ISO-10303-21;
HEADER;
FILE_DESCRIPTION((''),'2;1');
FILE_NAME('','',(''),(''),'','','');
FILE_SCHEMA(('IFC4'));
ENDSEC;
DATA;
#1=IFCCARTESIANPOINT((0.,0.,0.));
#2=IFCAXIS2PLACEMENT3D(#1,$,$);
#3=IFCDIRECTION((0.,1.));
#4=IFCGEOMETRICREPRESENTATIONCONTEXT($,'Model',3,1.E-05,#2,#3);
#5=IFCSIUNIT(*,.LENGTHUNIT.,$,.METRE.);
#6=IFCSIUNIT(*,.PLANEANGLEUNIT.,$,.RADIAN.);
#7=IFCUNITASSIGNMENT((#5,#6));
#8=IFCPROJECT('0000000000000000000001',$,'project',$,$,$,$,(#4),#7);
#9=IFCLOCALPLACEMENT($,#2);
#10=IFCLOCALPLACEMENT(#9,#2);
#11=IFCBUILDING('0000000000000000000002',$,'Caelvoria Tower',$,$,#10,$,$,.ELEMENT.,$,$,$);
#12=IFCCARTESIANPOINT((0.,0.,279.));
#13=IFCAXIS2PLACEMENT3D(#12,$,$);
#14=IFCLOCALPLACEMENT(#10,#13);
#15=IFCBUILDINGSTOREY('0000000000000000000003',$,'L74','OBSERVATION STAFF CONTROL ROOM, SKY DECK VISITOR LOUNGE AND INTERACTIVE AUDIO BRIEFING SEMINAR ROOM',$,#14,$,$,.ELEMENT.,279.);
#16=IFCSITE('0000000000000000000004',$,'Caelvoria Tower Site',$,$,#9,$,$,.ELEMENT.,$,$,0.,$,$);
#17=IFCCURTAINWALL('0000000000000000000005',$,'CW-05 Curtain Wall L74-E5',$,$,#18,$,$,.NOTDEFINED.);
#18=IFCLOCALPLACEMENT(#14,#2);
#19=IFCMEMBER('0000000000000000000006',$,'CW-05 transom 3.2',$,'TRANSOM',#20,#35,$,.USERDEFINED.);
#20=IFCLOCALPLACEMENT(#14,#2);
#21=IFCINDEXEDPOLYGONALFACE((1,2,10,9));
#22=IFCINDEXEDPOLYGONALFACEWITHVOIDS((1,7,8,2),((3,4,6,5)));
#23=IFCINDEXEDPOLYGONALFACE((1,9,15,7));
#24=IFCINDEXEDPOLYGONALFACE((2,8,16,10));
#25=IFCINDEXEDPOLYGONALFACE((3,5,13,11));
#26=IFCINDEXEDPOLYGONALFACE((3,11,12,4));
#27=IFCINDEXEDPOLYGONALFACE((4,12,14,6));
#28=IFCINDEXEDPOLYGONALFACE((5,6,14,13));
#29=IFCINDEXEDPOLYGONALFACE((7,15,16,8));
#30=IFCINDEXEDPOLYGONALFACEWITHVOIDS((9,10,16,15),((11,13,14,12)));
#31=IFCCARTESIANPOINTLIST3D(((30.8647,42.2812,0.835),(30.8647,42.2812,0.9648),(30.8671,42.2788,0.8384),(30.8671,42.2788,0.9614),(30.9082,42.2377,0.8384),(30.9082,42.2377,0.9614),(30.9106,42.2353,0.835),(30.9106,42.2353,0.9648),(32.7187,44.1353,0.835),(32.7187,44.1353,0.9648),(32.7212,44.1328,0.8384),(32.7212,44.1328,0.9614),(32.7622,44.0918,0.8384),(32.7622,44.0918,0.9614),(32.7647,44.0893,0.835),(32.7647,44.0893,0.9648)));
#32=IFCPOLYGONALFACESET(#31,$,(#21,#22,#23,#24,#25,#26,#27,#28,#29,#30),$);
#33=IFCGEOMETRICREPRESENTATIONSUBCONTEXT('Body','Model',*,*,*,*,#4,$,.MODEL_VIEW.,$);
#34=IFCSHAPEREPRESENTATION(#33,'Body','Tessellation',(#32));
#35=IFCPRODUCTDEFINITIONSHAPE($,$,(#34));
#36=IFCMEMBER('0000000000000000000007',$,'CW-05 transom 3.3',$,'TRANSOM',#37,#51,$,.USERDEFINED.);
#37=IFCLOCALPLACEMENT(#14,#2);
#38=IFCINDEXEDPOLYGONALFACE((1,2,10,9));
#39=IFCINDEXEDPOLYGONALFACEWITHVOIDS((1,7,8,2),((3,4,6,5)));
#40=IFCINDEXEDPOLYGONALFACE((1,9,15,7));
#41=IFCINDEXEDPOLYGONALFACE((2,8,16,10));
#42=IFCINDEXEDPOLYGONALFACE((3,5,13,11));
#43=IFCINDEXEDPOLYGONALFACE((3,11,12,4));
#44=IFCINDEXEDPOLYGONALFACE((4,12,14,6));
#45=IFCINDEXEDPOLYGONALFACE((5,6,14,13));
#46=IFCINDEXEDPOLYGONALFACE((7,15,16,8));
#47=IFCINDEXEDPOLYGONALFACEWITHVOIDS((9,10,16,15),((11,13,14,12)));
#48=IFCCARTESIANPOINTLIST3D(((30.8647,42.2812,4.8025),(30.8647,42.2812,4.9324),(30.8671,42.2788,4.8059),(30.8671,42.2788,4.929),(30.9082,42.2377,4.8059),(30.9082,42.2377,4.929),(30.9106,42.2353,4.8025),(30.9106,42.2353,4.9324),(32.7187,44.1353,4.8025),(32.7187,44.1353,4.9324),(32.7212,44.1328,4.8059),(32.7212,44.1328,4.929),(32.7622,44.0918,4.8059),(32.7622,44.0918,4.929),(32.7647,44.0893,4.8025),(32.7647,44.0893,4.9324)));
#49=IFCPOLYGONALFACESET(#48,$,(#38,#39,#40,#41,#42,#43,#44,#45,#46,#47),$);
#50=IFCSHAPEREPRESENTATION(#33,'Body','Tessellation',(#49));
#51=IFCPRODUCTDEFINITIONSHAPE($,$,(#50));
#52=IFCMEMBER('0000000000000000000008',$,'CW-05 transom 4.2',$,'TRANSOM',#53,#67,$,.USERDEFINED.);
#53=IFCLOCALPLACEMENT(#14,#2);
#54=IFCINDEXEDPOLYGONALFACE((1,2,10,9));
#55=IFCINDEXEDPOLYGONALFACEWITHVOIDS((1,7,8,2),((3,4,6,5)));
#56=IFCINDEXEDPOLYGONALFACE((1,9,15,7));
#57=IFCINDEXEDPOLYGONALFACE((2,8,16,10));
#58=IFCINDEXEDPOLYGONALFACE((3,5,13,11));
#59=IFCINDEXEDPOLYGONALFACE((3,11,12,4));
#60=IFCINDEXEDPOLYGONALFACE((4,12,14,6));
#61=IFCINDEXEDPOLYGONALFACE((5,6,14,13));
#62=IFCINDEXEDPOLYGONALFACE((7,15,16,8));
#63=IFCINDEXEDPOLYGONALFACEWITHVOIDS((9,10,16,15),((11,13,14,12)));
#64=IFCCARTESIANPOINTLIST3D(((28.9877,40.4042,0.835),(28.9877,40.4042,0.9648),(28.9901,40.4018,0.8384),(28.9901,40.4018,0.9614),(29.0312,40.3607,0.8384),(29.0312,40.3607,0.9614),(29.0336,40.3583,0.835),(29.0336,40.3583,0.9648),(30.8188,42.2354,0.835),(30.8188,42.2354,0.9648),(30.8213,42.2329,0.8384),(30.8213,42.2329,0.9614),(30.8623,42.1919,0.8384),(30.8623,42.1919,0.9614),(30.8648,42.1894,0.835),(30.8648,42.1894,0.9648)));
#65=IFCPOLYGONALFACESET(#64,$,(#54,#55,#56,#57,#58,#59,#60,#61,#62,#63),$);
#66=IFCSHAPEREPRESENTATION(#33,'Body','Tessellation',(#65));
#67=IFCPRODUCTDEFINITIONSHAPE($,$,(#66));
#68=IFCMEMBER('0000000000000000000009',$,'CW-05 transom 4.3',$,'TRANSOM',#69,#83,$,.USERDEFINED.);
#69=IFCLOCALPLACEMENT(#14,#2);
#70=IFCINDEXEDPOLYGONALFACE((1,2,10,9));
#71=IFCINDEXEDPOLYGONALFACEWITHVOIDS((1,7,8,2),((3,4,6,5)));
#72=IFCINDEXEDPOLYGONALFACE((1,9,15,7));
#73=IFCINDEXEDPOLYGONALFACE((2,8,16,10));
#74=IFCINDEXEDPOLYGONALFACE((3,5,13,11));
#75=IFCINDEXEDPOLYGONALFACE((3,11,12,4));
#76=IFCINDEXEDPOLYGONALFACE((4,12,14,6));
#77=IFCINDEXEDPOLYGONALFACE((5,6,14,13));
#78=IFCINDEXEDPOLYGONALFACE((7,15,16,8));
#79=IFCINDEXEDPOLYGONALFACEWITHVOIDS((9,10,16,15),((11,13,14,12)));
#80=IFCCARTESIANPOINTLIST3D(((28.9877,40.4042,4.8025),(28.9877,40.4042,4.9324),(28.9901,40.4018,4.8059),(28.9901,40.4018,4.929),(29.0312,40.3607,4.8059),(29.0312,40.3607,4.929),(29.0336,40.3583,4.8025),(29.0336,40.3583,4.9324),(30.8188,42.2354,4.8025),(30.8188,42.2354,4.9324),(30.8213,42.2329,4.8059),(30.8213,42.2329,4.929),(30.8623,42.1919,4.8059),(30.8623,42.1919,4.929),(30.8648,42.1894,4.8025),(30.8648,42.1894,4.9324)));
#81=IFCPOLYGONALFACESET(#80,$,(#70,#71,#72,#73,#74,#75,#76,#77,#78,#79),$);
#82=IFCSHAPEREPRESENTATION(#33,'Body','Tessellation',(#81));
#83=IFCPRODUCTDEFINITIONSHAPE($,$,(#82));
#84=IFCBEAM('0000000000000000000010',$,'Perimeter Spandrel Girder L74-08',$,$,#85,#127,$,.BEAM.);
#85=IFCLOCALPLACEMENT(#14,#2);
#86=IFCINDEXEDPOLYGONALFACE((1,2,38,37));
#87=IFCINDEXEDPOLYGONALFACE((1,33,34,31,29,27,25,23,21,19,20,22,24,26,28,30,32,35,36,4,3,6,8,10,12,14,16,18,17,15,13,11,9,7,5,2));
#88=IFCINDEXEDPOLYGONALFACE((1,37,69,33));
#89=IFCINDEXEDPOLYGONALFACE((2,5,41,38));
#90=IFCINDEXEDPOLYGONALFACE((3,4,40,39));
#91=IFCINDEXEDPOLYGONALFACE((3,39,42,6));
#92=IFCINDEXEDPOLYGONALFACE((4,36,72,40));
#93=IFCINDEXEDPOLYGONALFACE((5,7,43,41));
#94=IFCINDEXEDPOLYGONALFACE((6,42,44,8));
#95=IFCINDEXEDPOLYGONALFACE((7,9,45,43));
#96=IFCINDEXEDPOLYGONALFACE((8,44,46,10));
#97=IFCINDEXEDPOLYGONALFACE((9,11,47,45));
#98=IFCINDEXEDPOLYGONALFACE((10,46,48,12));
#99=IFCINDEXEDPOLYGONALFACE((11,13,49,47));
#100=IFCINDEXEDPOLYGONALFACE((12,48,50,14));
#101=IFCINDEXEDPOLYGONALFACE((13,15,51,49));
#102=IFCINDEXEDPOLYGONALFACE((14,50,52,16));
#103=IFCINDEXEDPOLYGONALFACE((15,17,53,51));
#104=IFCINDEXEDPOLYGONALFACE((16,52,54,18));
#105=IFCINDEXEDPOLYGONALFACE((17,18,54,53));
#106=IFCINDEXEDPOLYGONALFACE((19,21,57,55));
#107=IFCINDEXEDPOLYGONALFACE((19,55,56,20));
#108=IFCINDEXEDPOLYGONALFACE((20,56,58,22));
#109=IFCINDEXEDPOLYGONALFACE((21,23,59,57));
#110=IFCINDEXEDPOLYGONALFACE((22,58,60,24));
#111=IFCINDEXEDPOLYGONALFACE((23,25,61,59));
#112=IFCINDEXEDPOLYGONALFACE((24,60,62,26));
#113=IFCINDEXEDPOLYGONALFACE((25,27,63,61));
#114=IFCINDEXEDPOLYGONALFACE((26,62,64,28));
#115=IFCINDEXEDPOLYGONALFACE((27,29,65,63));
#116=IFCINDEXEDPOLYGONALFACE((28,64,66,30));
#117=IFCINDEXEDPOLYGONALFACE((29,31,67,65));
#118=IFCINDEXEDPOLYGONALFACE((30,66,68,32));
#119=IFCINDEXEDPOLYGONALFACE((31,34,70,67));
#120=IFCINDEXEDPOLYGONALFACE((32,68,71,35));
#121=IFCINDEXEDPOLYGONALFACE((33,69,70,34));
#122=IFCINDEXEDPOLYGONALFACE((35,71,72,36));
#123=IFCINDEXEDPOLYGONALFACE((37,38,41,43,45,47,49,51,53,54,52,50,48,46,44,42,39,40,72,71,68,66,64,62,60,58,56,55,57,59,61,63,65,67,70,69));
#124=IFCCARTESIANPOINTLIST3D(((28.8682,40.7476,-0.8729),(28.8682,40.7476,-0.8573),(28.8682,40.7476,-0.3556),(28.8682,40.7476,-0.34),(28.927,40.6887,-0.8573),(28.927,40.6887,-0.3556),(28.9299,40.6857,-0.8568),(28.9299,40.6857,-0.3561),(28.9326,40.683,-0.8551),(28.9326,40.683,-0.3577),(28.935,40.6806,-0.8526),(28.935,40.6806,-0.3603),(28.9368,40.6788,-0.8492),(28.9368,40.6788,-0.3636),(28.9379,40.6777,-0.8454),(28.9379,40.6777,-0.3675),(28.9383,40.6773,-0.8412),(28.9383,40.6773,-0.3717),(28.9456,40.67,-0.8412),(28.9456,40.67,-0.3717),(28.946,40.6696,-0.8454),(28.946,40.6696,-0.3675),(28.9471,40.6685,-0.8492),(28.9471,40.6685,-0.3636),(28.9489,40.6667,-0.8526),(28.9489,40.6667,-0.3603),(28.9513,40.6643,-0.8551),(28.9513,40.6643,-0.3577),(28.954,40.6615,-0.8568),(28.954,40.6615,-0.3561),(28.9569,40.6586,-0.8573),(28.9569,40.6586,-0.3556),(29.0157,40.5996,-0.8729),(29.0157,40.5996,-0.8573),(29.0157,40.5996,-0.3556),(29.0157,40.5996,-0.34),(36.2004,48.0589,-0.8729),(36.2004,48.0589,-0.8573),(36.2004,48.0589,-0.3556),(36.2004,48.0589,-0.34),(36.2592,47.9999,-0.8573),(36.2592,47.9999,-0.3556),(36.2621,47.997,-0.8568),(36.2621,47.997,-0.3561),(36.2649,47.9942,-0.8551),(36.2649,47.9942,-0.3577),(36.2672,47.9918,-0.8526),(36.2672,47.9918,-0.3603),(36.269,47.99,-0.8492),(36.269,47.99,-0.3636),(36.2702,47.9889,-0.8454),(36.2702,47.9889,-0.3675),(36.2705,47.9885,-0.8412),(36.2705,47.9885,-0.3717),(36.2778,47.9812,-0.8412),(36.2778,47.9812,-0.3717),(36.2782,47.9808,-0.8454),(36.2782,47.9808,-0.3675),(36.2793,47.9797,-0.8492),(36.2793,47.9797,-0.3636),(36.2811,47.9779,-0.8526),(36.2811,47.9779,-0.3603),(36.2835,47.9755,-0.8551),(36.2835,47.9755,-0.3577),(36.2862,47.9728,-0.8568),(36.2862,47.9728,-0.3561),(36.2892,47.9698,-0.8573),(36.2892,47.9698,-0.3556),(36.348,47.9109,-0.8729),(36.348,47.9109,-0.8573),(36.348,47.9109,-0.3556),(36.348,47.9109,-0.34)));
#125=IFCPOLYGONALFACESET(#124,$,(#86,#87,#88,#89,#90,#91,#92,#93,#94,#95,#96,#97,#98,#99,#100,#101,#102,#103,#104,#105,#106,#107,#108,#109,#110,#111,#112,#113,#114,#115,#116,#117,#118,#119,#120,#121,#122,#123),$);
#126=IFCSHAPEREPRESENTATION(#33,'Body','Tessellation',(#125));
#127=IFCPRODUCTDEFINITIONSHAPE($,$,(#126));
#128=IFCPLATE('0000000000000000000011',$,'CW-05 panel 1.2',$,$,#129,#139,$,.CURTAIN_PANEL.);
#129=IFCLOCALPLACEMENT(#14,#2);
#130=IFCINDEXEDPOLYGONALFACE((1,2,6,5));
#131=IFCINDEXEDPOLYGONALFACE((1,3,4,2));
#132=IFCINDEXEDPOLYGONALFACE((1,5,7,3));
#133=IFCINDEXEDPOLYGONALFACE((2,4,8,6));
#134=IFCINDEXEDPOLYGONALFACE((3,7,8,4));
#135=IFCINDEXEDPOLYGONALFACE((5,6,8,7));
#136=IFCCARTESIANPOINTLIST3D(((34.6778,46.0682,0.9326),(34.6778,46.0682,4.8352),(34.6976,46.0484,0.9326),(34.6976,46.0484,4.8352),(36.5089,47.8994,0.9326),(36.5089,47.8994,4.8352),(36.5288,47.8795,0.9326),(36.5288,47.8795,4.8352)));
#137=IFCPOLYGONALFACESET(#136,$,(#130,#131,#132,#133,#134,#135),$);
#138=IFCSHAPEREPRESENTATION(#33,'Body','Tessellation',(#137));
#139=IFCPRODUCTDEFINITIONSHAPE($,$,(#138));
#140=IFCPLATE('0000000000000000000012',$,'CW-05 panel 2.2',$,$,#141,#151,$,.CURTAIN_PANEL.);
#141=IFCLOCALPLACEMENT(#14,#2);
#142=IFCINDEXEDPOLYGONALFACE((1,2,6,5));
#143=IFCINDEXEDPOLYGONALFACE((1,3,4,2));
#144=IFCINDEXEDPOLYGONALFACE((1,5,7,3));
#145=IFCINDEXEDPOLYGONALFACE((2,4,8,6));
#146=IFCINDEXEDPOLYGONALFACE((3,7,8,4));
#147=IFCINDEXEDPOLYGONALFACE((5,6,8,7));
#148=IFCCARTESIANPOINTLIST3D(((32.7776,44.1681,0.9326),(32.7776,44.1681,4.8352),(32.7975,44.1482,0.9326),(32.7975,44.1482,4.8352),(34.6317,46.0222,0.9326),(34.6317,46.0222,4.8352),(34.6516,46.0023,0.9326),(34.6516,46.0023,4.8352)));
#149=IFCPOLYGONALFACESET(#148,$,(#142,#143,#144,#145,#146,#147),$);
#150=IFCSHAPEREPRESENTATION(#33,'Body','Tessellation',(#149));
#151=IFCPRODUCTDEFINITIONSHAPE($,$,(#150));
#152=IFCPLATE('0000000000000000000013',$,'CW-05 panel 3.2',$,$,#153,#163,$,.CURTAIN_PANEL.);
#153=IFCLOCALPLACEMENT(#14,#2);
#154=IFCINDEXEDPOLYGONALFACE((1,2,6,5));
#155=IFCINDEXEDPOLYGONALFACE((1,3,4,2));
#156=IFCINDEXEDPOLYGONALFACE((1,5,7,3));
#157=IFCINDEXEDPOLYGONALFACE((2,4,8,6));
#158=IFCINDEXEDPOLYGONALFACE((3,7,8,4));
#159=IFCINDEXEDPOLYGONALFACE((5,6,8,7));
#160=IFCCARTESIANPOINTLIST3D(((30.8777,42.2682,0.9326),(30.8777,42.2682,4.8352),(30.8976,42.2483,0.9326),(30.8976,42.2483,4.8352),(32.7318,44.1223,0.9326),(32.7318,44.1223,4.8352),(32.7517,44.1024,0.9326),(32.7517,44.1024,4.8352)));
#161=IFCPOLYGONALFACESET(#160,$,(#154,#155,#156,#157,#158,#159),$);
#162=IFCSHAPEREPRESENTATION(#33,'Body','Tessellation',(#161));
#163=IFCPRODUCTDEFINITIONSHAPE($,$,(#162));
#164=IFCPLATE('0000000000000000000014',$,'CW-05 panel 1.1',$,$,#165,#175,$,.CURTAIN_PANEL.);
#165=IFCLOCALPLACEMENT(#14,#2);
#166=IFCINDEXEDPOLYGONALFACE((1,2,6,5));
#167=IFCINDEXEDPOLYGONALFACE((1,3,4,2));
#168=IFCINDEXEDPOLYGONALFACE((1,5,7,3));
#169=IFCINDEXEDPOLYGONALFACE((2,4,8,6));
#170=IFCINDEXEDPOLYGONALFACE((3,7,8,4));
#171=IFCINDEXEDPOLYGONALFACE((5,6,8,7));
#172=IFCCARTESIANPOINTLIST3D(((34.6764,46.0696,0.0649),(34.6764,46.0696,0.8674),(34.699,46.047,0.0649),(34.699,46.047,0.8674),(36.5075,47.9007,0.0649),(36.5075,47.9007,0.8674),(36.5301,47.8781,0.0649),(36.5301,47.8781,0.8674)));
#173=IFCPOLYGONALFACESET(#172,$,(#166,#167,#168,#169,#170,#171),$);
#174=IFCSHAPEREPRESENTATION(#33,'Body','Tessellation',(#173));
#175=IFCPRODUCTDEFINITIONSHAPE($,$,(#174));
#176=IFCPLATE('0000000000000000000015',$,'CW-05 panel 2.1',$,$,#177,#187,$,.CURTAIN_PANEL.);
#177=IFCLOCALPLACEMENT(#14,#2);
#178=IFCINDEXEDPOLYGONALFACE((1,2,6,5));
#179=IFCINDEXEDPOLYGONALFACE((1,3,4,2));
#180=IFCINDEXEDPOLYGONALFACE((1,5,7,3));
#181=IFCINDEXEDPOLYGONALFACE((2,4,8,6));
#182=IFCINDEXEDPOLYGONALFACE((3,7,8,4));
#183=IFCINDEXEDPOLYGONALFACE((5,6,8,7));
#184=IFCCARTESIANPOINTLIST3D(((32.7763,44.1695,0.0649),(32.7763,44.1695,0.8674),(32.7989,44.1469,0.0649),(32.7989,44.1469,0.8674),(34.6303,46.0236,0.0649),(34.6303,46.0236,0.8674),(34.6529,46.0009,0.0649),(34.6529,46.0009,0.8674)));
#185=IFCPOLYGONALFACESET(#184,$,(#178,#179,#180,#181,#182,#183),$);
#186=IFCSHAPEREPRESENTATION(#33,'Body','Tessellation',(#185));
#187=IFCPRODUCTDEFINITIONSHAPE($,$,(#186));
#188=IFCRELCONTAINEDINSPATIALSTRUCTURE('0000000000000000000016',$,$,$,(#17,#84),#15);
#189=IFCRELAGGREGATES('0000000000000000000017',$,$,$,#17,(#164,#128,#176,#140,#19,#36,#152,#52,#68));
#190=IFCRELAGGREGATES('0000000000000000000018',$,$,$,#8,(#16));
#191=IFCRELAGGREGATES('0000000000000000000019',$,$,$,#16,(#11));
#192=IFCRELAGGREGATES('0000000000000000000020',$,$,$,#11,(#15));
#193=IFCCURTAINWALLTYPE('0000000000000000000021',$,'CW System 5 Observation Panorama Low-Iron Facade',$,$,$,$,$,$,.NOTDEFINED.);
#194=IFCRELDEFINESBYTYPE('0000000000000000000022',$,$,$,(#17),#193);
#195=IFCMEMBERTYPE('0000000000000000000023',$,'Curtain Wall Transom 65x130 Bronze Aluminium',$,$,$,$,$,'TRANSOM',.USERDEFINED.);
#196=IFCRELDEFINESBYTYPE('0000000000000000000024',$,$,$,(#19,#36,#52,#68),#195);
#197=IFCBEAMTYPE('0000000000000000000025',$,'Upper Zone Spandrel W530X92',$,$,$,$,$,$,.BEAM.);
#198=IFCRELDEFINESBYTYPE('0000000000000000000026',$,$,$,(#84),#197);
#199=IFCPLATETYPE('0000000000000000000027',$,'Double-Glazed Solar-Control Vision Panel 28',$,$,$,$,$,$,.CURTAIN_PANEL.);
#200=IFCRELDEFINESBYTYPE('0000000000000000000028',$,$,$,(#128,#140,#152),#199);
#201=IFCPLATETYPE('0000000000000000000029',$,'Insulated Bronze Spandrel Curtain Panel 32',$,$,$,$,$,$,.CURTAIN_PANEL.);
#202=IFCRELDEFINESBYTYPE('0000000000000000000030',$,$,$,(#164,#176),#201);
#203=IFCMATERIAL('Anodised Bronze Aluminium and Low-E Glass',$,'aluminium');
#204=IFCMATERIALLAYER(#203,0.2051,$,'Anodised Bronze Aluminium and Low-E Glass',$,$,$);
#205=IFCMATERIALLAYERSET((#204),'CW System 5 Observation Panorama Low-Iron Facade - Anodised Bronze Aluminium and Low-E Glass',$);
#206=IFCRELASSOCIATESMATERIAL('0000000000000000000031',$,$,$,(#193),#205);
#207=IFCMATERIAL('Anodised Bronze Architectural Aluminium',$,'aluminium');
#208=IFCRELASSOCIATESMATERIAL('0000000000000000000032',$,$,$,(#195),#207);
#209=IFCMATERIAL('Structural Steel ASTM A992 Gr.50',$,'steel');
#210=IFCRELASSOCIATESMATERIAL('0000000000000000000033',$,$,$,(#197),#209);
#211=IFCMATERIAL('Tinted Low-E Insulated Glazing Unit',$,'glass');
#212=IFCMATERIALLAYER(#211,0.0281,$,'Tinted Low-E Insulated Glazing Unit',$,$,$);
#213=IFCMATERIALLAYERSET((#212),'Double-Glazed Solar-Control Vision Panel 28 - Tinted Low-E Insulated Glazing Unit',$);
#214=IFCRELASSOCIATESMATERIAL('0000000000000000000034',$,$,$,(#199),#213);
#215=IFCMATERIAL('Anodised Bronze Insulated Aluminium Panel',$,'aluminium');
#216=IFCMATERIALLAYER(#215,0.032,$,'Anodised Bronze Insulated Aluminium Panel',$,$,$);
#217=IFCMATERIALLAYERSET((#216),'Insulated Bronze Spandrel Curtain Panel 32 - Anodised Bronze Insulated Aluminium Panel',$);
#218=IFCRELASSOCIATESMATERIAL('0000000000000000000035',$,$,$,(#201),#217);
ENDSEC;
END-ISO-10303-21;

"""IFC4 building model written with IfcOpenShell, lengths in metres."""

from ifc_helpers import new_model, si_unit, direction, frame, origin, origin_2d, place, context, subcontext, project, spatial, rectangle, hollow_rectangle, i_section, extrude, material, layer, layer_set, material_profile, profile_set, type_object, element, aggregate, save


model = new_model("IFC4")

# Units and contexts
model_context = context("Model", 3, precision=1e-05, world=origin(), true_north=direction((0.0, 1.0)))
body_context = subcontext(model_context, "Body", "Model", "MODEL_VIEW")
ifc_project = project(units=[si_unit("LENGTHUNIT", "METRE"), si_unit("PLANEANGLEUNIT", "RADIAN")], contexts=[model_context])

# Site, building, storey
site_placement = place(None, origin())
site = spatial("IfcSite", under=ifc_project, at=site_placement, Name="Caelvoria Tower Site", CompositionType="ELEMENT", RefElevation=0.0)
building_placement = place(site_placement, origin())
building = spatial("IfcBuilding", under=site, at=building_placement, Name="Caelvoria Tower", CompositionType="ELEMENT")
storey_placement = place(building_placement, frame((0.0, 0.0, 279.0)))
storey = spatial("IfcBuildingStorey", under=building, at=storey_placement, Name="L74", Description="OBSERVATION STAFF CONTROL ROOM, SKY DECK VISITOR LOUNGE AND INTERACTIVE AUDIO BRIEFING SEMINAR ROOM", CompositionType="ELEMENT", Elevation=279.0)

# Shared definitions
ifc_material_1 = material(Name="Anodised Bronze Aluminium and Low-E Glass", Category="aluminium")
ifc_layer_1 = layer(ifc_material_1, 0.2051, Name="Anodised Bronze Aluminium and Low-E Glass")
ifc_layer_set_1 = layer_set([ifc_layer_1], Name="CW System 5 Observation Panorama Low-Iron Facade - Anodised Bronze Aluminium and Low-E Glass")
curtain_wall_type = type_object("IfcCurtainWallType", Name="CW System 5 Observation Panorama Low-Iron Facade", PredefinedType="NOTDEFINED", material=ifc_layer_set_1)
ifc_material_2 = material(Name="Anodised Bronze Architectural Aluminium", Category="aluminium")

# Curtain wall, members
curtain_wall_1_placement = place(storey_placement, origin())
curtain_wall_1 = element("IfcCurtainWall", 1, at=curtain_wall_1_placement, inside=storey, type_object=curtain_wall_type, Name="CW-05 Curtain Wall L74-E5", PredefinedType="NOTDEFINED")
ifc_material_profile_1 = material_profile(ifc_material_2, hollow_rectangle(XDim=0.0649, YDim=0.1299, WallThickness=0.0034, at=origin_2d()), Name="Anodised Bronze Architectural Aluminium")
ifc_profile_set_1 = profile_set([ifc_material_profile_1], Name="CW_TRAN_65X130 - Anodised Bronze Architectural Aluminium")
member_type_1 = type_object("IfcMemberType", Name="Curtain Wall Transom 65x130 Bronze Aluminium", ElementType="TRANSOM", PredefinedType="USERDEFINED", material=ifc_profile_set_1)
member_1_placement = place(storey_placement, frame((32.7417, 44.1123, 0.8999), z_axis=(-0.707107, -0.707107, 0.0), x_axis=(0.707107, -0.707107, 0.0)))
member_1 = element("IfcMember", 2, at=member_1_placement, type_object=member_type_1, Name="CW-05 transom 3.2", ObjectType="TRANSOM", PredefinedType="USERDEFINED", context=body_context, shape_type="SweptSolid", body=[
    extrude(hollow_rectangle(XDim=0.0649, YDim=0.1299, WallThickness=0.0034, at=origin_2d()), origin(), (0.0, 0.0, 1.0), 2.6221),
])
member_2_placement = place(storey_placement, frame((32.7417, 44.1123, 4.8674), z_axis=(-0.707107, -0.707107, 0.0), x_axis=(0.707107, -0.707107, 0.0)))
member_2 = element("IfcMember", 3, at=member_2_placement, type_object=member_type_1, Name="CW-05 transom 3.3", ObjectType="TRANSOM", PredefinedType="USERDEFINED", context=body_context, shape_type="SweptSolid", body=[
    extrude(hollow_rectangle(XDim=0.0649, YDim=0.1299, WallThickness=0.0034, at=origin_2d()), origin(), (0.0, 0.0, 1.0), 2.6221),
])
member_3_placement = place(storey_placement, frame((30.8418, 42.2124, 0.8999), z_axis=(-0.707107, -0.707107, 0.0), x_axis=(0.707107, -0.707107, 0.0)))
member_3 = element("IfcMember", 4, at=member_3_placement, type_object=member_type_1, Name="CW-05 transom 4.2", ObjectType="TRANSOM", PredefinedType="USERDEFINED", context=body_context, shape_type="SweptSolid", body=[
    extrude(hollow_rectangle(XDim=0.0649, YDim=0.1299, WallThickness=0.0034, at=origin_2d()), origin(), (0.0, 0.0, 1.0), 2.5896),
])
member_4_placement = place(storey_placement, frame((30.8418, 42.2124, 4.8674), z_axis=(-0.707107, -0.707107, 0.0), x_axis=(0.707107, -0.707107, 0.0)))
member_4 = element("IfcMember", 5, at=member_4_placement, type_object=member_type_1, Name="CW-05 transom 4.3", ObjectType="TRANSOM", PredefinedType="USERDEFINED", context=body_context, shape_type="SweptSolid", body=[
    extrude(hollow_rectangle(XDim=0.0649, YDim=0.1299, WallThickness=0.0034, at=origin_2d()), origin(), (0.0, 0.0, 1.0), 2.5896),
])

# Beam
ifc_material_3 = material(Name="Structural Steel ASTM A992 Gr.50", Category="steel")
ifc_material_profile_2 = material_profile(ifc_material_3, i_section(OverallWidth=0.209, OverallDepth=0.533, WebThickness=0.0103, FlangeThickness=0.0156, FilletRadius=0.0161, at=origin_2d()), Name="Structural Steel ASTM A992 Gr.50")
ifc_profile_set_2 = profile_set([ifc_material_profile_2], Name="W530X92 - Structural Steel ASTM A992 Gr.50")
beam_type = type_object("IfcBeamType", Name="Upper Zone Spandrel W530X92", PredefinedType="BEAM", material=ifc_profile_set_2)
beam_placement = place(storey_placement, frame((36.2742, 47.9849, -0.6064), z_axis=(-0.70812, -0.706092, 0.0), x_axis=(0.706092, -0.70812, 0.0)))
element("IfcBeam", 6, at=beam_placement, inside=storey, type_object=beam_type, Name="Perimeter Spandrel Girder L74-08", PredefinedType="BEAM", context=body_context, shape_type="SweptSolid", body=[
    extrude(i_section(OverallWidth=0.209, OverallDepth=0.533, WebThickness=0.0103, FlangeThickness=0.0156, FilletRadius=0.0161, at=origin_2d()), origin(), (0.0, 0.0, 1.0), 10.3545),
])

# Plates
ifc_material_4 = material(Name="Tinted Low-E Insulated Glazing Unit", Category="glass")
ifc_layer_2 = layer(ifc_material_4, 0.0281, Name="Tinted Low-E Insulated Glazing Unit")
ifc_layer_set_2 = layer_set([ifc_layer_2], Name="Double-Glazed Solar-Control Vision Panel 28 - Tinted Low-E Insulated Glazing Unit")
plate_type_1 = type_object("IfcPlateType", Name="Double-Glazed Solar-Control Vision Panel 28", PredefinedType="CURTAIN_PANEL", material=ifc_layer_set_2)
plate_1_placement = place(storey_placement, frame((35.6033, 46.9739, 0.9326), z_axis=(0.0, 0.0, 1.0), x_axis=(-0.707107, -0.707107, 0.0)))
plate_1 = element("IfcPlate", 7, at=plate_1_placement, type_object=plate_type_1, Name="CW-05 panel 1.2", PredefinedType="CURTAIN_PANEL", context=body_context, shape_type="SweptSolid", body=[
    extrude(rectangle(XDim=2.5896, YDim=0.0281, at=origin_2d()), origin(), (0.0, 0.0, 1.0), 3.9026),
])
plate_2_placement = place(storey_placement, frame((33.7146, 45.0852, 0.9326), z_axis=(0.0, 0.0, 1.0), x_axis=(-0.707107, -0.707107, 0.0)))
plate_2 = element("IfcPlate", 8, at=plate_2_placement, type_object=plate_type_1, Name="CW-05 panel 2.2", PredefinedType="CURTAIN_PANEL", context=body_context, shape_type="SweptSolid", body=[
    extrude(rectangle(XDim=2.6221, YDim=0.0281, at=origin_2d()), origin(), (0.0, 0.0, 1.0), 3.9026),
])
plate_3_placement = place(storey_placement, frame((31.8147, 43.1853, 0.9326), z_axis=(0.0, 0.0, 1.0), x_axis=(-0.707107, -0.707107, 0.0)))
plate_3 = element("IfcPlate", 9, at=plate_3_placement, type_object=plate_type_1, Name="CW-05 panel 3.2", PredefinedType="CURTAIN_PANEL", context=body_context, shape_type="SweptSolid", body=[
    extrude(rectangle(XDim=2.6221, YDim=0.0281, at=origin_2d()), origin(), (0.0, 0.0, 1.0), 3.9026),
])
ifc_material_5 = material(Name="Anodised Bronze Insulated Aluminium Panel", Category="aluminium")
ifc_layer_3 = layer(ifc_material_5, 0.032, Name="Anodised Bronze Insulated Aluminium Panel")
ifc_layer_set_3 = layer_set([ifc_layer_3], Name="Insulated Bronze Spandrel Curtain Panel 32 - Anodised Bronze Insulated Aluminium Panel")
plate_type_2 = type_object("IfcPlateType", Name="Insulated Bronze Spandrel Curtain Panel 32", PredefinedType="CURTAIN_PANEL", material=ifc_layer_set_3)
plate_4_placement = place(storey_placement, frame((35.6033, 46.9739, 0.0649), z_axis=(0.0, 0.0, 1.0), x_axis=(-0.707107, -0.707107, 0.0)))
plate_4 = element("IfcPlate", 10, at=plate_4_placement, type_object=plate_type_2, Name="CW-05 panel 1.1", PredefinedType="CURTAIN_PANEL", context=body_context, shape_type="SweptSolid", body=[
    extrude(rectangle(XDim=2.5896, YDim=0.032, at=origin_2d()), origin(), (0.0, 0.0, 1.0), 0.8025),
])
plate_5_placement = place(storey_placement, frame((33.7146, 45.0852, 0.0649), z_axis=(0.0, 0.0, 1.0), x_axis=(-0.707107, -0.707107, 0.0)))
plate_5 = element("IfcPlate", 11, at=plate_5_placement, type_object=plate_type_2, Name="CW-05 panel 2.1", PredefinedType="CURTAIN_PANEL", context=body_context, shape_type="SweptSolid", body=[
    extrude(rectangle(XDim=2.6221, YDim=0.032, at=origin_2d()), origin(), (0.0, 0.0, 1.0), 0.8025),
])
aggregate(curtain_wall_1, [plate_4, plate_1, plate_5, plate_2, member_1, member_2, plate_3, member_3, member_4])

save(model, "model.ifc")
